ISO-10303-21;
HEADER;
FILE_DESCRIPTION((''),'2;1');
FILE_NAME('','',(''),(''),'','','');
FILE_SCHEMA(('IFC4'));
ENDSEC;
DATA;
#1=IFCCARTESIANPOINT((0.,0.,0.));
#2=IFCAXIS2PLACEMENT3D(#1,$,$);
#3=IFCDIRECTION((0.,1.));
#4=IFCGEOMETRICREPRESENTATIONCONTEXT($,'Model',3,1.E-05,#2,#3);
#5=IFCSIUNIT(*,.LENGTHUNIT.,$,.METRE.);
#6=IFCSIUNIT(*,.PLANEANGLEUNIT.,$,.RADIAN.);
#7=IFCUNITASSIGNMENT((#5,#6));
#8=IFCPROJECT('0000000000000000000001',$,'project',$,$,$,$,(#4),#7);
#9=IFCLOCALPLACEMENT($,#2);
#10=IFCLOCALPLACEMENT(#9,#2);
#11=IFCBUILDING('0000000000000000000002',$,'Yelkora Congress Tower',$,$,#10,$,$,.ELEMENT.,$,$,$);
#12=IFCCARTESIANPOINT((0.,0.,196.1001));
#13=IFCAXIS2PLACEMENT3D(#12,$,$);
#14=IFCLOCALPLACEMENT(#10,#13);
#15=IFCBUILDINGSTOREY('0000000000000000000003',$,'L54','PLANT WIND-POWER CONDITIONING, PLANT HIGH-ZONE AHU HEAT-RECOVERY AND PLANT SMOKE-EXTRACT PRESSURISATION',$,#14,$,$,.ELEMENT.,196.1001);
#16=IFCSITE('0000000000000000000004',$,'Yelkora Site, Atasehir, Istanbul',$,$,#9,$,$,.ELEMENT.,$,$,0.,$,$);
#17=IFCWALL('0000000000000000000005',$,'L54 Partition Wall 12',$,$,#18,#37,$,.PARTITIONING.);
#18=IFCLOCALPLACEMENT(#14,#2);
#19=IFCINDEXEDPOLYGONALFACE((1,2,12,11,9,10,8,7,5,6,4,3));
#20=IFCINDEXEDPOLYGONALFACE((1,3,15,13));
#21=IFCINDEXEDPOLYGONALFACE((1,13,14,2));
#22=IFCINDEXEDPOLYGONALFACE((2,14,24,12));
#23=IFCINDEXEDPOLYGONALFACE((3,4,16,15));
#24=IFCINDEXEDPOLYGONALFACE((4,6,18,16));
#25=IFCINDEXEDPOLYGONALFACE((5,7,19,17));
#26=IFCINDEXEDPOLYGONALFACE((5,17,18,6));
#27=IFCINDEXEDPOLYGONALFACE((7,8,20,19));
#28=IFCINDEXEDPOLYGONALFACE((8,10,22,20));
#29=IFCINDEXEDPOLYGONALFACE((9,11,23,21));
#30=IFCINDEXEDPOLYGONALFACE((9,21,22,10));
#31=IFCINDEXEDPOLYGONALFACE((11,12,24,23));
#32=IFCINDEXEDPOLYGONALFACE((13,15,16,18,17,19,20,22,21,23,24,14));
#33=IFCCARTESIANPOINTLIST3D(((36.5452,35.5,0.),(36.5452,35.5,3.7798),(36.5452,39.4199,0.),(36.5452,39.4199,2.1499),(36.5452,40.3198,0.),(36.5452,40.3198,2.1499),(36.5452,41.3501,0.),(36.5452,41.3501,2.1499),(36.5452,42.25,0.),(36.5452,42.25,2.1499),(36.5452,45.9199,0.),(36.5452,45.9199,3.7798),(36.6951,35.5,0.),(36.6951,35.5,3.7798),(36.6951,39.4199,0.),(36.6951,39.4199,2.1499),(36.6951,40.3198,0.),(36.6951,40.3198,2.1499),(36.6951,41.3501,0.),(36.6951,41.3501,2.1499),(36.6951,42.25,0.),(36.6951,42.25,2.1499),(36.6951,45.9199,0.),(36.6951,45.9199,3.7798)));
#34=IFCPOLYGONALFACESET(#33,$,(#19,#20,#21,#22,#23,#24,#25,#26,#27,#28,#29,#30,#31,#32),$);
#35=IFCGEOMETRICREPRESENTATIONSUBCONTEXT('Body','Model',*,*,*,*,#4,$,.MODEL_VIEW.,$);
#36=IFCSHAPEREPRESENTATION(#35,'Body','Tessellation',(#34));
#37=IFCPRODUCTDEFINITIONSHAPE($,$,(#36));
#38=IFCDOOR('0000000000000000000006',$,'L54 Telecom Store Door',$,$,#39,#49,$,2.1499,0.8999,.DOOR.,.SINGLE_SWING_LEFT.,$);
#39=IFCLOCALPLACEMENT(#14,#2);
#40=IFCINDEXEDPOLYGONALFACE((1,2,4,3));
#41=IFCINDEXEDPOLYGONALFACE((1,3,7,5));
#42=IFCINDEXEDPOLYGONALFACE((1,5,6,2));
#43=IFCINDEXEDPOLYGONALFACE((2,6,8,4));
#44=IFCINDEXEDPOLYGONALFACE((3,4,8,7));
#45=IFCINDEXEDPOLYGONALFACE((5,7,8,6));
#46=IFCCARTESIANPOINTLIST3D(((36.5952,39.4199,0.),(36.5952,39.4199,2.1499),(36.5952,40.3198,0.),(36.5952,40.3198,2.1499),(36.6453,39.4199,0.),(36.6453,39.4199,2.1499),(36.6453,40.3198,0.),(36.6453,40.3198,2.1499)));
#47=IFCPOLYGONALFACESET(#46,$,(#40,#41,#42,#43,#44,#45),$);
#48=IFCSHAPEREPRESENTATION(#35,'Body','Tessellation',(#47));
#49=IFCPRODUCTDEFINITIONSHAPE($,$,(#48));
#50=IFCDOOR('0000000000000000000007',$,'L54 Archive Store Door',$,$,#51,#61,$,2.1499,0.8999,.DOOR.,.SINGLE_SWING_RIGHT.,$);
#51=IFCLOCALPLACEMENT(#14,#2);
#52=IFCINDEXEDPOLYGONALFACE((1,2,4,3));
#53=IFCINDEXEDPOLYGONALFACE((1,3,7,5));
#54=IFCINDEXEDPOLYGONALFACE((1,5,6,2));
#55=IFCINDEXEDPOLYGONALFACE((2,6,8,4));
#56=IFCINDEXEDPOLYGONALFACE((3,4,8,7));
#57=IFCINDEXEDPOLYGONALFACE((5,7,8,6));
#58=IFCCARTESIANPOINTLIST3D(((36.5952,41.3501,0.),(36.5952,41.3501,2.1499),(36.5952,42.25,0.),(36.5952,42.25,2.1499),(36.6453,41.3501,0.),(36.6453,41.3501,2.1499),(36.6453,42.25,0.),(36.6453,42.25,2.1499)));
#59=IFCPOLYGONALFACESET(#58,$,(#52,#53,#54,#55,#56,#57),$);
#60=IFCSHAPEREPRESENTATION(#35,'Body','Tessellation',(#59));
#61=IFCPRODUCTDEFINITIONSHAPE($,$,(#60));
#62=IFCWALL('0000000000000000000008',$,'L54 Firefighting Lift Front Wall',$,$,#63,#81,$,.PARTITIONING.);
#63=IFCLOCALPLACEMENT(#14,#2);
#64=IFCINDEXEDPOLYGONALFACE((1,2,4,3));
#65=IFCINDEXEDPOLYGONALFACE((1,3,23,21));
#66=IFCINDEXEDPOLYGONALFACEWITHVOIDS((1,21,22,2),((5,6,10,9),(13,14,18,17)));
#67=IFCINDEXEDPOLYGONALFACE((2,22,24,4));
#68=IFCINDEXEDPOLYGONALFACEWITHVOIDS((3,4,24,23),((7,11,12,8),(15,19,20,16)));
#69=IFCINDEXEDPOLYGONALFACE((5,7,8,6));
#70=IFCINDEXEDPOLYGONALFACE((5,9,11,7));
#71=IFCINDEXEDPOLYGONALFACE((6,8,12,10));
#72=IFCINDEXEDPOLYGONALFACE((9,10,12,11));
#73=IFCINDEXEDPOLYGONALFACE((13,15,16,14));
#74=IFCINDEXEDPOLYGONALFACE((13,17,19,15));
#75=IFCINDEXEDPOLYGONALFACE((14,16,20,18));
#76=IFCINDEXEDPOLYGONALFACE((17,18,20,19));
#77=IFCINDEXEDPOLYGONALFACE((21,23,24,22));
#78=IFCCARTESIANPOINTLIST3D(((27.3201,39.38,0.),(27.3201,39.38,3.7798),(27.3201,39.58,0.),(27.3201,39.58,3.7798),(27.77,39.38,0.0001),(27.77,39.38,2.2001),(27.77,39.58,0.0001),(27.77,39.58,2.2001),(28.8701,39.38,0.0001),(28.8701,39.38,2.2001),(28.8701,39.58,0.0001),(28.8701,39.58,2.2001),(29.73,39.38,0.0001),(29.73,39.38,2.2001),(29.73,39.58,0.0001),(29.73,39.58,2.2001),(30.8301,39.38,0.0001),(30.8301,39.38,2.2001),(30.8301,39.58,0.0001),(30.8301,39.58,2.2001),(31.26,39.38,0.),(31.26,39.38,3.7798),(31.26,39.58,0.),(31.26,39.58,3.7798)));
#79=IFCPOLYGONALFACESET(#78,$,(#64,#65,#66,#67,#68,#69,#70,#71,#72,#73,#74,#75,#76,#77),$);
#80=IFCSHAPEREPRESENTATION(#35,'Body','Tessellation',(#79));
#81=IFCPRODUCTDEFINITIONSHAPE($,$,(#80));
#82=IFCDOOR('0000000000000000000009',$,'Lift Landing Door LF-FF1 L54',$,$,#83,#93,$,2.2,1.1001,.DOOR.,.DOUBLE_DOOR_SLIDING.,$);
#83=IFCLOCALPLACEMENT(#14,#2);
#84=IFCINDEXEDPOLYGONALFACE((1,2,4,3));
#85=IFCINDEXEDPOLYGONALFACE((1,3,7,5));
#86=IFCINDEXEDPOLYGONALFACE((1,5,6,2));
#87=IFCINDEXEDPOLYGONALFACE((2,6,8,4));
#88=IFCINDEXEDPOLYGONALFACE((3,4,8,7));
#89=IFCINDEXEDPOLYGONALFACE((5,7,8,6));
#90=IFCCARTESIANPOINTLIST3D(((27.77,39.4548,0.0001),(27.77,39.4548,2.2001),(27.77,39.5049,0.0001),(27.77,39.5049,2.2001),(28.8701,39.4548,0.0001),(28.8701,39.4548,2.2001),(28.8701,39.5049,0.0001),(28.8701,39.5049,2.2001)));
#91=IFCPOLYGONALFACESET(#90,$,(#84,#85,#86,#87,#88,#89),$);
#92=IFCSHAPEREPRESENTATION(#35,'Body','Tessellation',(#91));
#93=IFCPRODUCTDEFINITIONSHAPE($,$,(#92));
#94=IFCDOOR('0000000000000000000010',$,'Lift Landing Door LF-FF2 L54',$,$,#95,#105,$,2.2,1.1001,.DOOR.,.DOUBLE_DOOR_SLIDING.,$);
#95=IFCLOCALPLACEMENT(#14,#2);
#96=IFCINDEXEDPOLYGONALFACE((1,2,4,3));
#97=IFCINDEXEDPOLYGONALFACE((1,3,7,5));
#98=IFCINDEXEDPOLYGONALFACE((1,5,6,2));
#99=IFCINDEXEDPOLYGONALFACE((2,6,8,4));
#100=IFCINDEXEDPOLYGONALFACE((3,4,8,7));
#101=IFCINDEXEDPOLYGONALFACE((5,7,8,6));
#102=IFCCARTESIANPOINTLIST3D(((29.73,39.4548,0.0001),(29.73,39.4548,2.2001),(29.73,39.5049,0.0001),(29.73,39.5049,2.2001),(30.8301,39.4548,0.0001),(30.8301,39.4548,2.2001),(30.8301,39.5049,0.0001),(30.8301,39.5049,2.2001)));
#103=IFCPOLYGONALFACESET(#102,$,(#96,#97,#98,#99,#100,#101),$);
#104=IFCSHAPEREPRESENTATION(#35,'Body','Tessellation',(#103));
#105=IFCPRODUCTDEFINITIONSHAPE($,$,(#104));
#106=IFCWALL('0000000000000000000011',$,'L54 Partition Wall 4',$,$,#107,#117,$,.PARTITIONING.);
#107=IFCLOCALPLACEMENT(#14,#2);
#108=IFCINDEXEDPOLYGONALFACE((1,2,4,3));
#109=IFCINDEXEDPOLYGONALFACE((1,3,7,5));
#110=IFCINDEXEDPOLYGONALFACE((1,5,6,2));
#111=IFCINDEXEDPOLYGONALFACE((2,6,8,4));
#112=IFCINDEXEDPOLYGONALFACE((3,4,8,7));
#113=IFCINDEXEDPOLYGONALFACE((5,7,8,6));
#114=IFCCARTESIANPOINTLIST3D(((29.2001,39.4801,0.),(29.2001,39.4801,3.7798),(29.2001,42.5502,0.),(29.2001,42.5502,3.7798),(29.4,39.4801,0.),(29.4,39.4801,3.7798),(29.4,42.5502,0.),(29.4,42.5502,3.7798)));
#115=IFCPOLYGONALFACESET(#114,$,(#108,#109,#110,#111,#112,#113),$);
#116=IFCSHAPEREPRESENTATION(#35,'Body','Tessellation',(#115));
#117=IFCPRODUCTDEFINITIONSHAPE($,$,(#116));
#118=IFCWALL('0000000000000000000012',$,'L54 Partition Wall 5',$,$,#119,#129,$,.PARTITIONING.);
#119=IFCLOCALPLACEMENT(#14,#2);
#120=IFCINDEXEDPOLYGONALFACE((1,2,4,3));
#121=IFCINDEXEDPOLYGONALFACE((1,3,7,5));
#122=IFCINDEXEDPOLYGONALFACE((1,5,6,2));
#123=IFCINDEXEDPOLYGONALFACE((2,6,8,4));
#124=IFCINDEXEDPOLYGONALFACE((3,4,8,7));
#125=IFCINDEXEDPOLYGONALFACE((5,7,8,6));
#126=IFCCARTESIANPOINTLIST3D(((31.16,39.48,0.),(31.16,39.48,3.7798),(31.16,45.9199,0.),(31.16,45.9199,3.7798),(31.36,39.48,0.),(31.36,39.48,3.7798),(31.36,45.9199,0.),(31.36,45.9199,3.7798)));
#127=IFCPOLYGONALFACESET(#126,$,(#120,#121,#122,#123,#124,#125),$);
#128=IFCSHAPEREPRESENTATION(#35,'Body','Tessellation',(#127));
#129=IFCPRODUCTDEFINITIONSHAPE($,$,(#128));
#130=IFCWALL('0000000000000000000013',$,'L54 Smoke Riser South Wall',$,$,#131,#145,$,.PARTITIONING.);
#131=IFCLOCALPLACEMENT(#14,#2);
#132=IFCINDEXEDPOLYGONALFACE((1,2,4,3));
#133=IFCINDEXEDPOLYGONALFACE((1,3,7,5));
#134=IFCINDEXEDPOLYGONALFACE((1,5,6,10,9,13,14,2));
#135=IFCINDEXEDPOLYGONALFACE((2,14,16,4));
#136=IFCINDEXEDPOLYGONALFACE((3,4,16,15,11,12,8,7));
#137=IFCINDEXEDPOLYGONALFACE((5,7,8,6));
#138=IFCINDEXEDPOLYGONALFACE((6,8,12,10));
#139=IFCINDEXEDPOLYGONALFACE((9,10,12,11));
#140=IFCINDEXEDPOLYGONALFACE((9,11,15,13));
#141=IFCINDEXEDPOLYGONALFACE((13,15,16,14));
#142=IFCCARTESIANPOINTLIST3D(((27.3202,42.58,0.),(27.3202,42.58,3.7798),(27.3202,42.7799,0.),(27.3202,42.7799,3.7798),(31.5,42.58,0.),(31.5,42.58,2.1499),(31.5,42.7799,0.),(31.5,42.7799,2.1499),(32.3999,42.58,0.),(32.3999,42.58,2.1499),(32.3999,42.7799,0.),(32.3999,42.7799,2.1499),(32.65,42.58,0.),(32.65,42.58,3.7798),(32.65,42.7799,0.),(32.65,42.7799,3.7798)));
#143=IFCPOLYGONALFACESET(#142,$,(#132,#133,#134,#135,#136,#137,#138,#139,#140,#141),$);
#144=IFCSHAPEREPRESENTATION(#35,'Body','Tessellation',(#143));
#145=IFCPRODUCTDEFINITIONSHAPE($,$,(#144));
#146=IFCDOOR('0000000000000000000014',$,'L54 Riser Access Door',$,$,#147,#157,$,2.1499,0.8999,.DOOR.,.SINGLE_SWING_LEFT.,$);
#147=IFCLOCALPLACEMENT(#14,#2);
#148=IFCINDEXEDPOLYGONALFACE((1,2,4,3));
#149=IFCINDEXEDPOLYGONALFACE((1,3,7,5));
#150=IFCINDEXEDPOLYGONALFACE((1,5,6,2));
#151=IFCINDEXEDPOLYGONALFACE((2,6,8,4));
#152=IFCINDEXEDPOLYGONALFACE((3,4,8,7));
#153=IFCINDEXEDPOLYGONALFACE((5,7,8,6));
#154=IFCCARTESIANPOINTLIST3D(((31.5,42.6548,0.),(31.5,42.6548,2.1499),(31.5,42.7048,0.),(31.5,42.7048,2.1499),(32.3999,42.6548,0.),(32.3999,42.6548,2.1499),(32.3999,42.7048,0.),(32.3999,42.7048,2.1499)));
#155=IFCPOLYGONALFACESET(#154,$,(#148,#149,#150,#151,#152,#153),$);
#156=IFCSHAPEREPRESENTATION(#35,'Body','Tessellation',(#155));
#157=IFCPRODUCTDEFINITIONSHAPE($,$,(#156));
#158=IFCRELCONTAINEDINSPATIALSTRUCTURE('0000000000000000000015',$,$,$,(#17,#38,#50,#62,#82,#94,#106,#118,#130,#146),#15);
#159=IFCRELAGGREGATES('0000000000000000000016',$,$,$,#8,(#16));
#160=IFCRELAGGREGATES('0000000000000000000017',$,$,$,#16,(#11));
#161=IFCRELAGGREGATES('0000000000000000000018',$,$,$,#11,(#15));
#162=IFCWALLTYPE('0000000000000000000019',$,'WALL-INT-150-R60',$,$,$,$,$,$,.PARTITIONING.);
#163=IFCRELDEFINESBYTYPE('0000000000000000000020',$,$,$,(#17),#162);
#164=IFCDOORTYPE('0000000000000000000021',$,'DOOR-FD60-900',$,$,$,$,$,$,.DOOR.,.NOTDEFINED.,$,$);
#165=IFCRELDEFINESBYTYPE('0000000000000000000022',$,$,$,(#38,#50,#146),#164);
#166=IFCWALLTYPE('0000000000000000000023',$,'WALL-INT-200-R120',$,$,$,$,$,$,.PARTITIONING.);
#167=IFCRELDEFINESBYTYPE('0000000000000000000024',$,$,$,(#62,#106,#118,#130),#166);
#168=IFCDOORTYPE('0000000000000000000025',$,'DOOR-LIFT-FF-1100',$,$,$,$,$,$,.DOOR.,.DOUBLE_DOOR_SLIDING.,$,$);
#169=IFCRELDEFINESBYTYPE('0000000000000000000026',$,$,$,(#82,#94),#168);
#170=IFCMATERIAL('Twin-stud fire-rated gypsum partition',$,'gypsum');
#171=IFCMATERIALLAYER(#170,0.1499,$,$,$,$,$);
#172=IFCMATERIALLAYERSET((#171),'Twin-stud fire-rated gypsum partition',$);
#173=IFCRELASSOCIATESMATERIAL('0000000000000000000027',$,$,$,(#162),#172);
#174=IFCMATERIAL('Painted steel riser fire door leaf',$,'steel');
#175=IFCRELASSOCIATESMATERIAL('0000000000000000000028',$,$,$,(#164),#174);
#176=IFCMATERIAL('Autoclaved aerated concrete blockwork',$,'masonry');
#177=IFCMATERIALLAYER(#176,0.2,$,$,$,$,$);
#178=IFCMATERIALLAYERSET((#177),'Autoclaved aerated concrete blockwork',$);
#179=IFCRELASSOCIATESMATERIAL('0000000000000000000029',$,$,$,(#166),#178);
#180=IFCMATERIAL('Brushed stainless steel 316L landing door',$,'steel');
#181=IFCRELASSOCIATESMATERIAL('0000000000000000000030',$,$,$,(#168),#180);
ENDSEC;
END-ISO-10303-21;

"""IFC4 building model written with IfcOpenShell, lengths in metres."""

from ifc_helpers import new_model, si_unit, direction, frame, frame_2d, origin, place, context, subcontext, project, spatial, rectangle, extrude, material, layer, layer_set, type_object, element, fill, save


model = new_model("IFC4")

# Units and contexts
model_context = context("Model", 3, precision=1e-05, world=origin(), true_north=direction((0.0, 1.0)))
body_context = subcontext(model_context, "Body", "Model", "MODEL_VIEW")
ifc_project = project(units=[si_unit("LENGTHUNIT", "METRE"), si_unit("PLANEANGLEUNIT", "RADIAN")], contexts=[model_context])

# Site, building, storey
site_placement = place(None, origin())
site = spatial("IfcSite", under=ifc_project, at=site_placement, Name="Yelkora Site, Atasehir, Istanbul", CompositionType="ELEMENT", RefElevation=0.0)
building_placement = place(site_placement, origin())
building = spatial("IfcBuilding", under=site, at=building_placement, Name="Yelkora Congress Tower", CompositionType="ELEMENT")
storey_placement = place(building_placement, frame((0.0, 0.0, 196.1001)))
storey = spatial("IfcBuildingStorey", under=building, at=storey_placement, Name="L54", Description="PLANT WIND-POWER CONDITIONING, PLANT HIGH-ZONE AHU HEAT-RECOVERY AND PLANT SMOKE-EXTRACT PRESSURISATION", CompositionType="ELEMENT", Elevation=196.1001)

# Shared definitions
ifc_material_1 = material(Name="Twin-stud fire-rated gypsum partition", Category="gypsum")
ifc_layer_1 = layer(ifc_material_1, 0.1499)
ifc_layer_set_1 = layer_set([ifc_layer_1], Name="Twin-stud fire-rated gypsum partition")
wall_type_1 = type_object("IfcWallType", Name="WALL-INT-150-R60", PredefinedType="PARTITIONING", material=ifc_layer_set_1)

# Wall, openings, doors
wall_1_placement = place(storey_placement, frame((36.6201, 35.5, 0.0), z_axis=(0.0, 0.0, 1.0), x_axis=(0.0, 1.0, 0.0)))
wall_1 = element("IfcWall", 1, at=wall_1_placement, inside=storey, type_object=wall_type_1, Name="L54 Partition Wall 12", PredefinedType="PARTITIONING", context=body_context, shape_type="SweptSolid", body=[
    extrude(rectangle(XDim=10.4199, YDim=0.1499, at=frame_2d((5.21, 0.0))), origin(), (0.0, 0.0, 1.0), 3.7798),
])
opening_1_placement = place(wall_1_placement, frame((3.9199, 0.0, 0.0)))
opening_1 = element("IfcOpeningElement", 2, at=opening_1_placement, cuts=wall_1, PredefinedType="OPENING", context=body_context, shape_type="SweptSolid", body=[
    extrude(rectangle(XDim=0.8999, YDim=2.1499, at=frame_2d((0.45, 1.075))), frame((0.0, 0.085, 0.0), z_axis=(0.0, -1.0, 0.0), x_axis=(1.0, 0.0, 0.0)), (0.0, 0.0, 1.0), 0.1699),
])
opening_2_placement = place(wall_1_placement, frame((5.8501, 0.0, 0.0)))
opening_2 = element("IfcOpeningElement", 3, at=opening_2_placement, cuts=wall_1, PredefinedType="OPENING", context=body_context, shape_type="SweptSolid", body=[
    extrude(rectangle(XDim=0.8999, YDim=2.1499, at=frame_2d((0.45, 1.075))), frame((0.0, 0.085, 0.0), z_axis=(0.0, -1.0, 0.0), x_axis=(1.0, 0.0, 0.0)), (0.0, 0.0, 1.0), 0.1699),
])
ifc_material_2 = material(Name="Painted steel riser fire door leaf", Category="steel")
door_type_1 = type_object("IfcDoorType", Name="DOOR-FD60-900", OperationType="NOTDEFINED", PredefinedType="DOOR", material=ifc_material_2)
door_1_placement = place(opening_1_placement, origin())
door_1 = element("IfcDoor", 4, at=door_1_placement, inside=storey, type_object=door_type_1, Name="L54 Telecom Store Door", OperationType="SINGLE_SWING_LEFT", OverallHeight=2.1499, OverallWidth=0.8999, PredefinedType="DOOR", context=body_context, shape_type="SweptSolid", body=[
    extrude(rectangle(XDim=0.8999, YDim=2.1499, at=frame_2d((0.45, 1.075))), frame((0.0, 0.0249, 0.0), z_axis=(0.0, -1.0, 0.0), x_axis=(1.0, 0.0, 0.0)), (0.0, 0.0, 1.0), 0.05),
])
fill(opening_1, door_1)
door_2_placement = place(opening_2_placement, origin())
door_2 = element("IfcDoor", 5, at=door_2_placement, inside=storey, type_object=door_type_1, Name="L54 Archive Store Door", OperationType="SINGLE_SWING_RIGHT", OverallHeight=2.1499, OverallWidth=0.8999, PredefinedType="DOOR", context=body_context, shape_type="SweptSolid", body=[
    extrude(rectangle(XDim=0.8999, YDim=2.1499, at=frame_2d((0.45, 1.075))), frame((0.0, 0.0249, 0.0), z_axis=(0.0, -1.0, 0.0), x_axis=(1.0, 0.0, 0.0)), (0.0, 0.0, 1.0), 0.05),
])
fill(opening_2, door_2)

# Shared definitions
ifc_material_3 = material(Name="Autoclaved aerated concrete blockwork", Category="masonry")
ifc_layer_2 = layer(ifc_material_3, 0.2)
ifc_layer_set_2 = layer_set([ifc_layer_2], Name="Autoclaved aerated concrete blockwork")
wall_type_2 = type_object("IfcWallType", Name="WALL-INT-200-R120", PredefinedType="PARTITIONING", material=ifc_layer_set_2)

# Wall, openings, doors
wall_2_placement = place(storey_placement, frame((27.3201, 39.48, 0.0), z_axis=(0.0, 0.0, 1.0), x_axis=(1.0, 0.0, 0.0)))
wall_2 = element("IfcWall", 6, at=wall_2_placement, inside=storey, type_object=wall_type_2, Name="L54 Firefighting Lift Front Wall", PredefinedType="PARTITIONING", context=body_context, shape_type="SweptSolid", body=[
    extrude(rectangle(XDim=3.9399, YDim=0.2, at=frame_2d((1.97, 0.0))), origin(), (0.0, 0.0, 1.0), 3.7798),
])
opening_3_placement = place(wall_2_placement, frame((0.45, 0.0, 0.0)))
opening_3 = element("IfcOpeningElement", 7, at=opening_3_placement, cuts=wall_2, PredefinedType="OPENING", context=body_context, shape_type="SweptSolid", body=[
    extrude(rectangle(XDim=1.1001, YDim=2.2, at=frame_2d((0.55, 1.1001))), frame((0.0, 0.1099, 0.0), z_axis=(0.0, -1.0, 0.0), x_axis=(1.0, 0.0, 0.0)), (0.0, 0.0, 1.0), 0.22),
])
opening_4_placement = place(wall_2_placement, frame((2.4099, 0.0, 0.0)))
opening_4 = element("IfcOpeningElement", 8, at=opening_4_placement, cuts=wall_2, PredefinedType="OPENING", context=body_context, shape_type="SweptSolid", body=[
    extrude(rectangle(XDim=1.1001, YDim=2.2, at=frame_2d((0.55, 1.1001))), frame((0.0, 0.1099, 0.0), z_axis=(0.0, -1.0, 0.0), x_axis=(1.0, 0.0, 0.0)), (0.0, 0.0, 1.0), 0.22),
])
ifc_material_4 = material(Name="Brushed stainless steel 316L landing door", Category="steel")
door_type_2 = type_object("IfcDoorType", Name="DOOR-LIFT-FF-1100", OperationType="DOUBLE_DOOR_SLIDING", PredefinedType="DOOR", material=ifc_material_4)
door_3_placement = place(opening_3_placement, origin())
door_3 = element("IfcDoor", 9, at=door_3_placement, inside=storey, type_object=door_type_2, Name="Lift Landing Door LF-FF1 L54", OperationType="DOUBLE_DOOR_SLIDING", OverallHeight=2.2, OverallWidth=1.1001, PredefinedType="DOOR", context=body_context, shape_type="SweptSolid", body=[
    extrude(rectangle(XDim=1.1001, YDim=2.2, at=frame_2d((0.55, 1.1001))), frame((0.0, 0.0249, 0.0), z_axis=(0.0, -1.0, 0.0), x_axis=(1.0, 0.0, 0.0)), (0.0, 0.0, 1.0), 0.05),
])
fill(opening_3, door_3)
door_4_placement = place(opening_4_placement, origin())
door_4 = element("IfcDoor", 10, at=door_4_placement, inside=storey, type_object=door_type_2, Name="Lift Landing Door LF-FF2 L54", OperationType="DOUBLE_DOOR_SLIDING", OverallHeight=2.2, OverallWidth=1.1001, PredefinedType="DOOR", context=body_context, shape_type="SweptSolid", body=[
    extrude(rectangle(XDim=1.1001, YDim=2.2, at=frame_2d((0.55, 1.1001))), frame((0.0, 0.0249, 0.0), z_axis=(0.0, -1.0, 0.0), x_axis=(1.0, 0.0, 0.0)), (0.0, 0.0, 1.0), 0.05),
])
fill(opening_4, door_4)

# Walls
wall_3_placement = place(storey_placement, frame((29.3, 39.48, 0.0), z_axis=(0.0, 0.0, 1.0), x_axis=(0.0, 1.0, 0.0)))
element("IfcWall", 11, at=wall_3_placement, inside=storey, type_object=wall_type_2, Name="L54 Partition Wall 4", PredefinedType="PARTITIONING", context=body_context, shape_type="SweptSolid", body=[
    extrude(rectangle(XDim=3.0701, YDim=0.2, at=frame_2d((1.5352, 0.0))), origin(), (0.0, 0.0, 1.0), 3.7798),
])
wall_4_placement = place(storey_placement, frame((31.26, 39.48, 0.0), z_axis=(0.0, 0.0, 1.0), x_axis=(0.0, 1.0, 0.0)))
element("IfcWall", 12, at=wall_4_placement, inside=storey, type_object=wall_type_2, Name="L54 Partition Wall 5", PredefinedType="PARTITIONING", context=body_context, shape_type="SweptSolid", body=[
    extrude(rectangle(XDim=6.4399, YDim=0.2, at=frame_2d((3.22, 0.0))), origin(), (0.0, 0.0, 1.0), 3.7798),
])

# Wall, opening, door
wall_5_placement = place(storey_placement, frame((27.3201, 42.6799, 0.0), z_axis=(0.0, 0.0, 1.0), x_axis=(1.0, 0.0, 0.0)))
wall_5 = element("IfcWall", 13, at=wall_5_placement, inside=storey, type_object=wall_type_2, Name="L54 Smoke Riser South Wall", PredefinedType="PARTITIONING", context=body_context, shape_type="SweptSolid", body=[
    extrude(rectangle(XDim=5.3298, YDim=0.2, at=frame_2d((2.665, 0.0))), origin(), (0.0, 0.0, 1.0), 3.7798),
])
opening_5_placement = place(wall_5_placement, frame((4.1799, 0.0, 0.0)))
opening_5 = element("IfcOpeningElement", 14, at=opening_5_placement, cuts=wall_5, PredefinedType="OPENING", context=body_context, shape_type="SweptSolid", body=[
    extrude(rectangle(XDim=0.8999, YDim=2.1499, at=frame_2d((0.45, 1.075))), frame((0.0, 0.1099, 0.0), z_axis=(0.0, -1.0, 0.0), x_axis=(1.0, 0.0, 0.0)), (0.0, 0.0, 1.0), 0.22),
])
door_5_placement = place(opening_5_placement, origin())
door_5 = element("IfcDoor", 15, at=door_5_placement, inside=storey, type_object=door_type_1, Name="L54 Riser Access Door", OperationType="SINGLE_SWING_LEFT", OverallHeight=2.1499, OverallWidth=0.8999, PredefinedType="DOOR", context=body_context, shape_type="SweptSolid", body=[
    extrude(rectangle(XDim=0.8999, YDim=2.1499, at=frame_2d((0.45, 1.075))), frame((0.0, 0.0249, 0.0), z_axis=(0.0, -1.0, 0.0), x_axis=(1.0, 0.0, 0.0)), (0.0, 0.0, 1.0), 0.05),
])
fill(opening_5, door_5)

save(model, "model.ifc")
